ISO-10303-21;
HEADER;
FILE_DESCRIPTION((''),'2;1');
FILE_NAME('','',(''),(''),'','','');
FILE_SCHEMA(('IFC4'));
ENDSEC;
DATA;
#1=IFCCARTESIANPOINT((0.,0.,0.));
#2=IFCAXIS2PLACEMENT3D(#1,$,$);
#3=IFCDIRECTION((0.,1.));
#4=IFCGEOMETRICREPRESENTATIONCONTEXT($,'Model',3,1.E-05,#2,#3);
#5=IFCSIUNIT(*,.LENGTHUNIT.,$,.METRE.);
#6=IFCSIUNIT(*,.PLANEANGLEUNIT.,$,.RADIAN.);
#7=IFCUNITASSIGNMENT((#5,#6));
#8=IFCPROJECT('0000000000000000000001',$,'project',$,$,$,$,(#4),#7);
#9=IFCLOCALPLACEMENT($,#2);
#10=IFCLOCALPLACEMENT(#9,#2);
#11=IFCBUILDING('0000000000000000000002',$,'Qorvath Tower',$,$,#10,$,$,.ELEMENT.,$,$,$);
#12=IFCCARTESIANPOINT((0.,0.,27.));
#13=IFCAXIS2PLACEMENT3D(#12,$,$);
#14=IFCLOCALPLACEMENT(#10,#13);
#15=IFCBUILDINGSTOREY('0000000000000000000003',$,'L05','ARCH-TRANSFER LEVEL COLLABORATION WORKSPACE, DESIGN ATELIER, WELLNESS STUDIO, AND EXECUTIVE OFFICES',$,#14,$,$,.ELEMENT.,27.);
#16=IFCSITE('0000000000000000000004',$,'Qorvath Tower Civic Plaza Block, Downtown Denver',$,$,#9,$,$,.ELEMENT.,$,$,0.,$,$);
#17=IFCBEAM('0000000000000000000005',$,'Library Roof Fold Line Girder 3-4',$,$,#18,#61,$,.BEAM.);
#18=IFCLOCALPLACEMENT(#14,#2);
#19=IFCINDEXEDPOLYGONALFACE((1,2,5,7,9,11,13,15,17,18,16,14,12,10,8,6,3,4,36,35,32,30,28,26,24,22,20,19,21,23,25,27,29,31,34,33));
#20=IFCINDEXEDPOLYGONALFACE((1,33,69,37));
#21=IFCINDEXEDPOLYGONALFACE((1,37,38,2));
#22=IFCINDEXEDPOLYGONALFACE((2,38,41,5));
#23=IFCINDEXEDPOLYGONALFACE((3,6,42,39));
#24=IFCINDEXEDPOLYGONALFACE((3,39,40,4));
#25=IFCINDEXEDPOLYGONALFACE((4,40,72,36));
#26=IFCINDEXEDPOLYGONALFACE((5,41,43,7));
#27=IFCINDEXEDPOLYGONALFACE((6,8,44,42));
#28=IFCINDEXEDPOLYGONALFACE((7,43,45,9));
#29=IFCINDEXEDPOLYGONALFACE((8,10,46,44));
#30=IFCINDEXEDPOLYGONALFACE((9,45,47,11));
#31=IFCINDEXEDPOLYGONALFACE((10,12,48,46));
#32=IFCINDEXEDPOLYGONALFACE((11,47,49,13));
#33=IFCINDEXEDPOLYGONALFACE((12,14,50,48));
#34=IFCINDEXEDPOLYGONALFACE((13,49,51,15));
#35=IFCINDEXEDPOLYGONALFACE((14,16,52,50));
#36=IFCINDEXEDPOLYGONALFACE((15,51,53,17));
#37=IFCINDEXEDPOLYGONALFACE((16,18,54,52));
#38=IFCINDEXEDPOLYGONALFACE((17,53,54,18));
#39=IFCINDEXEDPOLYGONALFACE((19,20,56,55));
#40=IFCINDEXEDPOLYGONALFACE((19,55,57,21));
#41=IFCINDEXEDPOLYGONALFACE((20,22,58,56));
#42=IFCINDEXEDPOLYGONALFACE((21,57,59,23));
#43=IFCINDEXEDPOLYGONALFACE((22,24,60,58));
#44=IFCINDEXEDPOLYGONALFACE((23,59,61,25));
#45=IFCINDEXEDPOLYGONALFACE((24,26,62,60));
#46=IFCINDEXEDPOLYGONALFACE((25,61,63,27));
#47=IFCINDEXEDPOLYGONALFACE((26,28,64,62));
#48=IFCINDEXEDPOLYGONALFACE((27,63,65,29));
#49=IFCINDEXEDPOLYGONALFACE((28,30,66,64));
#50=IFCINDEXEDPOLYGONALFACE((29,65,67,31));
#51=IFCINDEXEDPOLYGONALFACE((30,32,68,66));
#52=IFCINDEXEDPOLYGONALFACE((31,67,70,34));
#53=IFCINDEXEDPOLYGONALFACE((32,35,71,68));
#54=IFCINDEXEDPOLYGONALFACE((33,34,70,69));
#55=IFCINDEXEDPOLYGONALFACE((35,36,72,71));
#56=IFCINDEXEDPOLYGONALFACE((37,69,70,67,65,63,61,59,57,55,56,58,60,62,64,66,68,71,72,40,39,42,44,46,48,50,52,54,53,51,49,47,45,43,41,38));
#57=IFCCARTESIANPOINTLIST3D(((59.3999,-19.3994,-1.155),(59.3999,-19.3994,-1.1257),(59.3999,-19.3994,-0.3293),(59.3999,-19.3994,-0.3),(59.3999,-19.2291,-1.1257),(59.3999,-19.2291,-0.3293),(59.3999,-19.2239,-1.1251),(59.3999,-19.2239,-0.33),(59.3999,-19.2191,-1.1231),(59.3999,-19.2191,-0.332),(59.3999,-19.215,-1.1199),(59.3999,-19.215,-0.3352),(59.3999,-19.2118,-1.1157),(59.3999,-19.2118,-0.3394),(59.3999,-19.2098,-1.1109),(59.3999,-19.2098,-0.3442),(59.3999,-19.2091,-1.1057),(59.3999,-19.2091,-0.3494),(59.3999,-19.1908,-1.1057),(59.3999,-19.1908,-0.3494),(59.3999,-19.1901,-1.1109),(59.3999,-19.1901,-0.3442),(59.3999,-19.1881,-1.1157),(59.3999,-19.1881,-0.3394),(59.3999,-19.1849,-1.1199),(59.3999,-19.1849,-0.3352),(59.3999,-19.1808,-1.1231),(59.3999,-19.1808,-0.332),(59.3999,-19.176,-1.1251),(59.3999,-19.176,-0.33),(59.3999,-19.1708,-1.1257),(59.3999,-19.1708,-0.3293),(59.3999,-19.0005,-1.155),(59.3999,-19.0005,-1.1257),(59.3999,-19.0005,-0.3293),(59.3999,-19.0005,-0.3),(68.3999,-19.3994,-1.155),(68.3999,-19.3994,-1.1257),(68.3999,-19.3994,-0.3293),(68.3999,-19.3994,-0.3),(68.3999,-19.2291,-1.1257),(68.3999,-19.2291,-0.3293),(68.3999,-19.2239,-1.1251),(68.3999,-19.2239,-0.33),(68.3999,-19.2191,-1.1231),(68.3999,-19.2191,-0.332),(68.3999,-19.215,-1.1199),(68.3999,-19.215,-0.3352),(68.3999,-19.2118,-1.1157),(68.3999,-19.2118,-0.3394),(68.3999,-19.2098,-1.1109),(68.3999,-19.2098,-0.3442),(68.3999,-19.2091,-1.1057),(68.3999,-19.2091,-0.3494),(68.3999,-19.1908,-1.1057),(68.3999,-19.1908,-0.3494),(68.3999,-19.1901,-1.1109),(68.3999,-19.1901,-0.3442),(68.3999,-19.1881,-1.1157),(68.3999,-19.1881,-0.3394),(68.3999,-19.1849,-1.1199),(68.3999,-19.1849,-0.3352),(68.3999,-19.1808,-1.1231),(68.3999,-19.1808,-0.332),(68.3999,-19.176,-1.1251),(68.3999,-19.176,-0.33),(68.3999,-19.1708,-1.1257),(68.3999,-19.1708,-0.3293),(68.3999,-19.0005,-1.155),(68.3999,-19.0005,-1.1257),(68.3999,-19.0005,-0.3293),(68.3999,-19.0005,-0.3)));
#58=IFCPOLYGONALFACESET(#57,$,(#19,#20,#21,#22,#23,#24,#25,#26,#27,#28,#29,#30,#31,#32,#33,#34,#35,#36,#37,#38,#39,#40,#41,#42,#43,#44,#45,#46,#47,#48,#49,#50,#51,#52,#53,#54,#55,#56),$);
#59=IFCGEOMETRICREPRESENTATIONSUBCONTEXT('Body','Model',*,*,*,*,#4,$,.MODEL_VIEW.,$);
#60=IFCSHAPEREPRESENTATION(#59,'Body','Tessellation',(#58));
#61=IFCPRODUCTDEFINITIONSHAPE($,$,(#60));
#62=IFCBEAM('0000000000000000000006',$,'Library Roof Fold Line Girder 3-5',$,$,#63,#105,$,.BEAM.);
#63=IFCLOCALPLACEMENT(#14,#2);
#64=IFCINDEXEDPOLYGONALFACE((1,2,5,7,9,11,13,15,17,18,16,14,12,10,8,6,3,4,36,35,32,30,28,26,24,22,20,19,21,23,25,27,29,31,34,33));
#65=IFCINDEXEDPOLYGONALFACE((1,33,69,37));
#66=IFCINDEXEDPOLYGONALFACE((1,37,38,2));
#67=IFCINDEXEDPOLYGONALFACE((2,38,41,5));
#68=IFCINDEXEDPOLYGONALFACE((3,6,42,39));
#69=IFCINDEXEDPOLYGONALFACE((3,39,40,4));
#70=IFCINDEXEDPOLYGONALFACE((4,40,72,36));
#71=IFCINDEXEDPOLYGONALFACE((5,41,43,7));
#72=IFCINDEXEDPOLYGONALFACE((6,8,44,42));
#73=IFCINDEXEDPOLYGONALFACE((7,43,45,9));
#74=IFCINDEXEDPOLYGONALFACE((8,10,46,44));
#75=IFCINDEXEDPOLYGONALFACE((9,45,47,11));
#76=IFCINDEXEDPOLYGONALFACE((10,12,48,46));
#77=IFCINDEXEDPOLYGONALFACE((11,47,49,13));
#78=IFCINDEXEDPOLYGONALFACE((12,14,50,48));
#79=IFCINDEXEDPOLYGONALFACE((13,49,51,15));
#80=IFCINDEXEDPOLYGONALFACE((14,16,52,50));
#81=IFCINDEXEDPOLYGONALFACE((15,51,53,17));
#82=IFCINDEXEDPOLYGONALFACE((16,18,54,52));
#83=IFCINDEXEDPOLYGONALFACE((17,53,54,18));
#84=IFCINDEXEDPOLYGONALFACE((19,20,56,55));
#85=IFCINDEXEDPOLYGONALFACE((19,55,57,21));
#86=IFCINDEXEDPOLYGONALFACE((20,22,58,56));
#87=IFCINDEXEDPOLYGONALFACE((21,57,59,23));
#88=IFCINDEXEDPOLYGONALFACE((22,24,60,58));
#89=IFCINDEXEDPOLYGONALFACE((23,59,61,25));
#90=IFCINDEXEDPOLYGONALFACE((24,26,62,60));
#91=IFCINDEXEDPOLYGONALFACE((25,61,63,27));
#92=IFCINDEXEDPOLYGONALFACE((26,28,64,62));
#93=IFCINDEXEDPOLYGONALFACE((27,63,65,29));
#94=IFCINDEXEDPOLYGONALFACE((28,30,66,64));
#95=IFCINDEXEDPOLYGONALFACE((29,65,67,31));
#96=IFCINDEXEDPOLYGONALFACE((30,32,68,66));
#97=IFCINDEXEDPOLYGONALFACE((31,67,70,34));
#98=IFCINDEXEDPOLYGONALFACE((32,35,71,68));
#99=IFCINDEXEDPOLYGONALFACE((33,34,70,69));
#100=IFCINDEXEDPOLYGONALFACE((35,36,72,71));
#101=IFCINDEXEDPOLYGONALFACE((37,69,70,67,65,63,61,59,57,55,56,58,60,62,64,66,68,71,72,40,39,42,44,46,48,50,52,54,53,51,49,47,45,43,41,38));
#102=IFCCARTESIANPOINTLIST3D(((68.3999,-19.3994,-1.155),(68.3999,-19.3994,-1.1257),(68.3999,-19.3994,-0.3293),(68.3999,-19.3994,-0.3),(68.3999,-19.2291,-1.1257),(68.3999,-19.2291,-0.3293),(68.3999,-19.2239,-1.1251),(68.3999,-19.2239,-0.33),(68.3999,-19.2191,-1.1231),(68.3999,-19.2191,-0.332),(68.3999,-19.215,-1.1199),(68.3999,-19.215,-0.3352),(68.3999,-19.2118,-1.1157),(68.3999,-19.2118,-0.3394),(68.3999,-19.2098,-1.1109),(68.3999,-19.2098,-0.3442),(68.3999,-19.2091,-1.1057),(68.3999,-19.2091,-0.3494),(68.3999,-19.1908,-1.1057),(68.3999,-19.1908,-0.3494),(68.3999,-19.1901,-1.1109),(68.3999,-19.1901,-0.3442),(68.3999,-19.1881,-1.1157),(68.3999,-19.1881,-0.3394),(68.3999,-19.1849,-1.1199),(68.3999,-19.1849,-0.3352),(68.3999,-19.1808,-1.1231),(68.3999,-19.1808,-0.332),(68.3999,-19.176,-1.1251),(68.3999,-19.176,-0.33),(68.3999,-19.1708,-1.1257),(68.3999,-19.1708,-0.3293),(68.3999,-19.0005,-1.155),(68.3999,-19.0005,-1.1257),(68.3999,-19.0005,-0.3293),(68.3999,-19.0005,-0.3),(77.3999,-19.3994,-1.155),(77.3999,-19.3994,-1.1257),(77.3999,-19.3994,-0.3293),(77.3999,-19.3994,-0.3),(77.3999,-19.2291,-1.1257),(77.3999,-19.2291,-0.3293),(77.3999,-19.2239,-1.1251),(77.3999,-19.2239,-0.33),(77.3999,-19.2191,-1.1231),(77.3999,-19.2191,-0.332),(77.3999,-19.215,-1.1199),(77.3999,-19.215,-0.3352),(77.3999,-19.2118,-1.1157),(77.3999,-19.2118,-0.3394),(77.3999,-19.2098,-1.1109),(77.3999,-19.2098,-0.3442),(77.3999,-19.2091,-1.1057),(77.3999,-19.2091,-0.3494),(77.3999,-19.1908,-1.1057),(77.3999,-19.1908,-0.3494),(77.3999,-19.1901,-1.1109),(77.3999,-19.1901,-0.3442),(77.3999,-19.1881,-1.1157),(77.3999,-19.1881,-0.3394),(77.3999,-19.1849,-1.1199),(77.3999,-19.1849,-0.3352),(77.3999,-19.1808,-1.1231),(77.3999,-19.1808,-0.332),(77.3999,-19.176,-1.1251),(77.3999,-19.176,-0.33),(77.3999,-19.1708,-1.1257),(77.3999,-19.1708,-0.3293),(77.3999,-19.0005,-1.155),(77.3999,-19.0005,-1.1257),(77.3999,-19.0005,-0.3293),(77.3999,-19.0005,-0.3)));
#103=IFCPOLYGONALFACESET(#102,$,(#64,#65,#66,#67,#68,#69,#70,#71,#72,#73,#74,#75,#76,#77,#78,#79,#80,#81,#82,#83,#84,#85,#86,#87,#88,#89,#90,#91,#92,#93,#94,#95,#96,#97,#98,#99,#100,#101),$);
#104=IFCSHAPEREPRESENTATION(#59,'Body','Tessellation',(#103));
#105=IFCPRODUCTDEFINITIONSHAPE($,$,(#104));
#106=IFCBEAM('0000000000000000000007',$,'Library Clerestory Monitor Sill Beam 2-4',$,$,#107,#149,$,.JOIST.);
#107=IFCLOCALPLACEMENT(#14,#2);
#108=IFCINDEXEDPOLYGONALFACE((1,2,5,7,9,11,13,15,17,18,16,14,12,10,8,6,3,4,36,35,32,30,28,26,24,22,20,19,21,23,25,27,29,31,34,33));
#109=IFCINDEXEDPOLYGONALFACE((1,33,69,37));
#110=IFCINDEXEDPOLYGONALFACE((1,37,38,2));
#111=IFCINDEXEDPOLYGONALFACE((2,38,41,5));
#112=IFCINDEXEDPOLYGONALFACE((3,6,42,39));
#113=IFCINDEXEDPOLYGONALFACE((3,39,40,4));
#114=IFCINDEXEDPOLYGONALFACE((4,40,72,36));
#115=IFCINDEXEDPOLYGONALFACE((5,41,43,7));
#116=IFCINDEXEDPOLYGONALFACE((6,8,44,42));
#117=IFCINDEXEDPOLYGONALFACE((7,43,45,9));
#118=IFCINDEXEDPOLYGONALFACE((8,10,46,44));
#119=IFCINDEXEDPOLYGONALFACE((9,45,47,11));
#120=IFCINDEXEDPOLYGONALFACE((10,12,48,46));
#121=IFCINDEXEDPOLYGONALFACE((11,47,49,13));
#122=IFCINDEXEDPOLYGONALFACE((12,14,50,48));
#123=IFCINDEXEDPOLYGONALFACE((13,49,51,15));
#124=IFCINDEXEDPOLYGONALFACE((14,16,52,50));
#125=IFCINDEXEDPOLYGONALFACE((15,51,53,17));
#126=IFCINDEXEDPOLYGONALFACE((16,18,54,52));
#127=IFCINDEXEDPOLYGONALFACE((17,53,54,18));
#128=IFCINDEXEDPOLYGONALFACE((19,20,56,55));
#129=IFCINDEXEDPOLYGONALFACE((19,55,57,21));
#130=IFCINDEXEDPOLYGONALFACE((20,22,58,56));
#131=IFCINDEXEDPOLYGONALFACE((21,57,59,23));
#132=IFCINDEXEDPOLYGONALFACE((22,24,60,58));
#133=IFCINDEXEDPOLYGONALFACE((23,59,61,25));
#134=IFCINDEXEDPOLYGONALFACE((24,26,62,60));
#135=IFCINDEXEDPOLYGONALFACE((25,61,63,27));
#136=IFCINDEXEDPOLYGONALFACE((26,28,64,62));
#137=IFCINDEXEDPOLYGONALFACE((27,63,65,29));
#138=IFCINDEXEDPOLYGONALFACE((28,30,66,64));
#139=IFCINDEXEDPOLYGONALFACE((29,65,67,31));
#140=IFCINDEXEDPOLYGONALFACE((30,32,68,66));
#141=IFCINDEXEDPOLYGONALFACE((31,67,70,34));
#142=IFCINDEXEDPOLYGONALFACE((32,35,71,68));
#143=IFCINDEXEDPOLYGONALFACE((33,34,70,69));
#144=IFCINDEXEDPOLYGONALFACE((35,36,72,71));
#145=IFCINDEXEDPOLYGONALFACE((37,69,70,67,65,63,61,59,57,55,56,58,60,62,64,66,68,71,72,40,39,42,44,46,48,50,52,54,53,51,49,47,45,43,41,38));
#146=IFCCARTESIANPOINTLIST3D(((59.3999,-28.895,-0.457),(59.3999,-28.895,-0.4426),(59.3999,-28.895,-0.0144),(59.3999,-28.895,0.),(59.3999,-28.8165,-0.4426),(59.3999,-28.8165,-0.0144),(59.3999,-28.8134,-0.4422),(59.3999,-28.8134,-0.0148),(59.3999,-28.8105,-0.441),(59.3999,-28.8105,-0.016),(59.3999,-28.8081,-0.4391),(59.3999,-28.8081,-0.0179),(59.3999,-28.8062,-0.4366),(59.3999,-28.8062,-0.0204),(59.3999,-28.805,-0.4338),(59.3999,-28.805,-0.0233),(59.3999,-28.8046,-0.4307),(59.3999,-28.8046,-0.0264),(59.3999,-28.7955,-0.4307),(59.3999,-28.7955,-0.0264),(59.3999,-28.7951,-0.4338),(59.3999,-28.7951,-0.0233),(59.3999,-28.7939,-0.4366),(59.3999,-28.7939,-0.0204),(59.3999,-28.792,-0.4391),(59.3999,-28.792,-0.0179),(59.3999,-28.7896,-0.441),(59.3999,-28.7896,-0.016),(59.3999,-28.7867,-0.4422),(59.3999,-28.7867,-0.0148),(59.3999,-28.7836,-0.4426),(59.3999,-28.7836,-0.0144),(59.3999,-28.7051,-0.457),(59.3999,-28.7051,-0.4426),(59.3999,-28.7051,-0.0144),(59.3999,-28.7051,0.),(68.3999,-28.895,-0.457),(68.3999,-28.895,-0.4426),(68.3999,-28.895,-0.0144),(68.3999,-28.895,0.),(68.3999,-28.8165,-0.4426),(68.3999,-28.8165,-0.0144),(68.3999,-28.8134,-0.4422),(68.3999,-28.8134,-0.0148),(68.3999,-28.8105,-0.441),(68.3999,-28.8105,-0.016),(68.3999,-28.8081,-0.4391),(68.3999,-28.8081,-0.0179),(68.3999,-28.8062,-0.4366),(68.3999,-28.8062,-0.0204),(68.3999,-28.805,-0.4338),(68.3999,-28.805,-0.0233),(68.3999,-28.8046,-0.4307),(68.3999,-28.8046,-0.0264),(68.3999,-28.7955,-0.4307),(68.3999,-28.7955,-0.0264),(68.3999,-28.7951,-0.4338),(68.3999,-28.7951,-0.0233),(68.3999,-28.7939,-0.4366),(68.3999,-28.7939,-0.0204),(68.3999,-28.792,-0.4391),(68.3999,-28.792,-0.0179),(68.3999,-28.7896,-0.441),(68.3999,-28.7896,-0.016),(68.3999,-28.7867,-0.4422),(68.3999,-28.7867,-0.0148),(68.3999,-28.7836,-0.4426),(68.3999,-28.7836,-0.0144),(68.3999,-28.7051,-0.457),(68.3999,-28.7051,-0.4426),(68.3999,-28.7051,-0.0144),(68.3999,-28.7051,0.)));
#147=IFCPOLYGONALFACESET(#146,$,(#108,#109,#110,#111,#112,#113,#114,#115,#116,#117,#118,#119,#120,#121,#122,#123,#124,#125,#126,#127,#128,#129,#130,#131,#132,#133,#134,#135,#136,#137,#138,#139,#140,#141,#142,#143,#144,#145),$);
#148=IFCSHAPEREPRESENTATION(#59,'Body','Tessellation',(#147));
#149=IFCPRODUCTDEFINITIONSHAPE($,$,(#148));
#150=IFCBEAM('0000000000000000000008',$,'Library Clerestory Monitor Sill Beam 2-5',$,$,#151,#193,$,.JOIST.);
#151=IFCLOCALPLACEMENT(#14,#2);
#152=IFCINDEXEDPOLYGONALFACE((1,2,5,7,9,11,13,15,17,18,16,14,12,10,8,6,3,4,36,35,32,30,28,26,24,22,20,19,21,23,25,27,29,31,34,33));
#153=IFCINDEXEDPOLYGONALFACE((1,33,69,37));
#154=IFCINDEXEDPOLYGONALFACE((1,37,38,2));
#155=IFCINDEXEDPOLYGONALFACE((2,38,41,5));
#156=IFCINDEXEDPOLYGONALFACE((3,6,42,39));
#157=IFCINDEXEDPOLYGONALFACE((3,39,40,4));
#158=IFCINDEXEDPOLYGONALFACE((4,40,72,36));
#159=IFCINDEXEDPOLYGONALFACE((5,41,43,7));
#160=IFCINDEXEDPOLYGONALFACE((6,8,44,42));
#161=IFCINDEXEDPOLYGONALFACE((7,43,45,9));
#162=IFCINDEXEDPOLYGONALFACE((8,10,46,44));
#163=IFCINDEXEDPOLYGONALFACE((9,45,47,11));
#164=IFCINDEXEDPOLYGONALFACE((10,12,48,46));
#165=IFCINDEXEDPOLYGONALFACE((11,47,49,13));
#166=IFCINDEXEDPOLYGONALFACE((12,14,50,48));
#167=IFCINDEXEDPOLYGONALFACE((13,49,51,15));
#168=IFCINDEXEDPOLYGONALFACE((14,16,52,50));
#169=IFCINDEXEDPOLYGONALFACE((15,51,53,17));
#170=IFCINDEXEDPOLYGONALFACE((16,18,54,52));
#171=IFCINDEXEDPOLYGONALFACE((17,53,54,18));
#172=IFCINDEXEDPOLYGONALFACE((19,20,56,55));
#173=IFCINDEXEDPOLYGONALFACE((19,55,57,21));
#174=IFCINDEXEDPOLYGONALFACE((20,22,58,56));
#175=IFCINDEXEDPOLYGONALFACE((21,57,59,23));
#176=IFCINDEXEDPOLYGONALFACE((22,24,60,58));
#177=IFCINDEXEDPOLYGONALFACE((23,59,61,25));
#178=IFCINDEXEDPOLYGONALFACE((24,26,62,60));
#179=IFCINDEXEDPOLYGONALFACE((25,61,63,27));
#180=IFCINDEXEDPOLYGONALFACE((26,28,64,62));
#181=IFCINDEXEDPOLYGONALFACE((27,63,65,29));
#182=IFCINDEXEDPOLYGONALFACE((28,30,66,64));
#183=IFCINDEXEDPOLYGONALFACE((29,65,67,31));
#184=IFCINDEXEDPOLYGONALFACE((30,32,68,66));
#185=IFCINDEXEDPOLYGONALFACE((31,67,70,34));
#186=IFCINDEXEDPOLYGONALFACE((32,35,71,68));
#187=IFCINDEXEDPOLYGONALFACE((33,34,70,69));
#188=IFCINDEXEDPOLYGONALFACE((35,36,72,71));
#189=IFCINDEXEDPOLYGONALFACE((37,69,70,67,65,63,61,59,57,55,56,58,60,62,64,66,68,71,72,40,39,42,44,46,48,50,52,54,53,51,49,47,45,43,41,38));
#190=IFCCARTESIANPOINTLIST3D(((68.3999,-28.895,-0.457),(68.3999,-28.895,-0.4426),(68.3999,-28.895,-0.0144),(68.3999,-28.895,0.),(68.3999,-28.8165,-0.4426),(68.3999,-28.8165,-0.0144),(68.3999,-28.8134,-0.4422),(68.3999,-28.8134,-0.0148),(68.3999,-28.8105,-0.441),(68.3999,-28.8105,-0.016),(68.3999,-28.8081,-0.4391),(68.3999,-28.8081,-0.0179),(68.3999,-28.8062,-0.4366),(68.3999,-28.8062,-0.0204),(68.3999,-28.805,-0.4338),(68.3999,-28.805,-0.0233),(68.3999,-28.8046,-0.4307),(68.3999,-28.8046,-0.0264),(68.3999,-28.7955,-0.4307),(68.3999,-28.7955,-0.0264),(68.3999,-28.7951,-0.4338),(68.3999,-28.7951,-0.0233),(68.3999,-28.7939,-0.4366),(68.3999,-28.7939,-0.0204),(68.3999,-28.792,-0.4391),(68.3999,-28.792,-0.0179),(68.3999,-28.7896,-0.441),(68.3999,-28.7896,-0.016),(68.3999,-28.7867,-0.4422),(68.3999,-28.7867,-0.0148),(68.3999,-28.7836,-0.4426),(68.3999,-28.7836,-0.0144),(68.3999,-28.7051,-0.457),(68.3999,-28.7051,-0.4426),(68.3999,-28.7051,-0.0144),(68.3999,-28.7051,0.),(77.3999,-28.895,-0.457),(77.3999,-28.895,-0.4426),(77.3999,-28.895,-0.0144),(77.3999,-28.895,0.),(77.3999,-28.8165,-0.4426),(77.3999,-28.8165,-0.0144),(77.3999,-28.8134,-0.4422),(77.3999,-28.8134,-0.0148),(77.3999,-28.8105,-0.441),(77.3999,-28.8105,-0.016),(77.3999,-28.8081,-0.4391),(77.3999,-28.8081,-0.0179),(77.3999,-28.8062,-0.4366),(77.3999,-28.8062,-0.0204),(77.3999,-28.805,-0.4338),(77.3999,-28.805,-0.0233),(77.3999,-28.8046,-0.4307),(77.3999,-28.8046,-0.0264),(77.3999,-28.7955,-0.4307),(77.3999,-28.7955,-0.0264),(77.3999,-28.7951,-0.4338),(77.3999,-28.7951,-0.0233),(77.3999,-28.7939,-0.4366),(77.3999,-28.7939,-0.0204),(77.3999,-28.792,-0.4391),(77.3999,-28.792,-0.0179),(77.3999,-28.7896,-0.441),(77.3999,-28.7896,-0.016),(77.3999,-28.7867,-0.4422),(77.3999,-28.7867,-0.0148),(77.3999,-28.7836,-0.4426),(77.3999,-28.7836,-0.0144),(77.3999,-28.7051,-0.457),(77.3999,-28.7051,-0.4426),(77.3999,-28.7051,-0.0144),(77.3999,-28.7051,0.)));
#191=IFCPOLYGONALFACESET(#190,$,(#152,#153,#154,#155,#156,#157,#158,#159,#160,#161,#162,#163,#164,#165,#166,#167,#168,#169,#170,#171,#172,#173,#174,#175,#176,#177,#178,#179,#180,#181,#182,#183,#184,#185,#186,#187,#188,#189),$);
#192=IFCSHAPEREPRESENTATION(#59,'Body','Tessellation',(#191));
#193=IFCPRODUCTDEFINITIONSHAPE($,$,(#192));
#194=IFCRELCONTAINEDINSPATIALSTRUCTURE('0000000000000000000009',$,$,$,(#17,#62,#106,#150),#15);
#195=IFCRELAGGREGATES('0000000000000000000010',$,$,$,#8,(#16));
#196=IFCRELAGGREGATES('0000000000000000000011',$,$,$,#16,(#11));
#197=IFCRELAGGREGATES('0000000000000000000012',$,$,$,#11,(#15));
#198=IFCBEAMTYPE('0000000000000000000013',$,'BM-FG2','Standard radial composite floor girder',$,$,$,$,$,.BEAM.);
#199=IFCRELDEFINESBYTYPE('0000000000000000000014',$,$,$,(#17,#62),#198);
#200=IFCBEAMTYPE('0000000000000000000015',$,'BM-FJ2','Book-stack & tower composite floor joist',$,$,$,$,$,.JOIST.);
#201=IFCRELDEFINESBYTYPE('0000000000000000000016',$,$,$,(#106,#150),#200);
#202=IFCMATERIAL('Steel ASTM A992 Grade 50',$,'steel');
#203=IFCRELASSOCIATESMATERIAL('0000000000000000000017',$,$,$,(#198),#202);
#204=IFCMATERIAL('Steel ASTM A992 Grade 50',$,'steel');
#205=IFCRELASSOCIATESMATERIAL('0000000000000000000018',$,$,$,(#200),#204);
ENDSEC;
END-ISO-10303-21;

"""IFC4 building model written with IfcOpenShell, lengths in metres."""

from ifc_helpers import new_model, si_unit, direction, frame, origin, origin_2d, place, context, subcontext, project, spatial, i_section, extrude, material, material_profile, profile_set, type_object, element, save


model = new_model("IFC4")

# Units and contexts
model_context = context("Model", 3, precision=1e-05, world=origin(), true_north=direction((0.0, 1.0)))
body_context = subcontext(model_context, "Body", "Model", "MODEL_VIEW")
ifc_project = project(units=[si_unit("LENGTHUNIT", "METRE"), si_unit("PLANEANGLEUNIT", "RADIAN")], contexts=[model_context])

# Site, building, storey
site_placement = place(None, origin())
site = spatial("IfcSite", under=ifc_project, at=site_placement, Name="Qorvath Tower Civic Plaza Block, Downtown Denver", CompositionType="ELEMENT", RefElevation=0.0)
building_placement = place(site_placement, origin())
building = spatial("IfcBuilding", under=site, at=building_placement, Name="Qorvath Tower", CompositionType="ELEMENT")
storey_placement = place(building_placement, frame((0.0, 0.0, 27.0)))
storey = spatial("IfcBuildingStorey", under=building, at=storey_placement, Name="L05", Description="ARCH-TRANSFER LEVEL COLLABORATION WORKSPACE, DESIGN ATELIER, WELLNESS STUDIO, AND EXECUTIVE OFFICES", CompositionType="ELEMENT", Elevation=27.0)

# Beams
ifc_material_1 = material(Name="Steel ASTM A992 Grade 50", Category="steel")
ifc_material_profile_1 = material_profile(ifc_material_1, i_section(OverallWidth=0.3989, OverallDepth=0.855, WebThickness=0.0183, FlangeThickness=0.0293, FilletRadius=0.02, at=origin_2d()), Name="W33x201")
ifc_profile_set_1 = profile_set([ifc_material_profile_1], Name="Steel ASTM A992 Grade 50")
beam_type_1 = type_object("IfcBeamType", Name="BM-FG2", Description="Standard radial composite floor girder", PredefinedType="BEAM", material=ifc_profile_set_1)
for number, where, z_axis, x_axis, name in (
    (1, (59.3999, -19.2, -0.7275), (1.0, 0.0, 0.0), (0.0, 1.0, 0.0), "Library Roof Fold Line Girder 3-4"),
    (2, (68.3999, -19.2, -0.7275), (1.0, 0.0, 0.0), (0.0, 1.0, 0.0), "Library Roof Fold Line Girder 3-5"),
):
    element("IfcBeam", number, at=place(storey_placement, frame(where, z_axis=z_axis, x_axis=x_axis)), inside=storey, type_object=beam_type_1, Name=name, PredefinedType="BEAM", context=body_context, shape_type="SweptSolid", body=[
        extrude(i_section(OverallWidth=0.3989, OverallDepth=0.855, WebThickness=0.0183, FlangeThickness=0.0293, FilletRadius=0.02, at=origin_2d()), origin(), (0.0, 0.0, 1.0), 9.0),
    ])
ifc_material_2 = material(Name="Steel ASTM A992 Grade 50", Category="steel")
ifc_material_profile_2 = material_profile(ifc_material_2, i_section(OverallWidth=0.1899, OverallDepth=0.457, WebThickness=0.009, FlangeThickness=0.0144, FilletRadius=0.012, at=origin_2d()), Name="W18x50")
ifc_profile_set_2 = profile_set([ifc_material_profile_2], Name="Steel ASTM A992 Grade 50")
beam_type_2 = type_object("IfcBeamType", Name="BM-FJ2", Description="Book-stack & tower composite floor joist", PredefinedType="JOIST", material=ifc_profile_set_2)
for number, where, z_axis, x_axis, name in (
    (3, (59.3999, -28.8, -0.2285), (1.0, 0.0, 0.0), (0.0, 1.0, 0.0), "Library Clerestory Monitor Sill Beam 2-4"),
    (4, (68.3999, -28.8, -0.2285), (1.0, 0.0, 0.0), (0.0, 1.0, 0.0), "Library Clerestory Monitor Sill Beam 2-5"),
):
    element("IfcBeam", number, at=place(storey_placement, frame(where, z_axis=z_axis, x_axis=x_axis)), inside=storey, type_object=beam_type_2, Name=name, PredefinedType="JOIST", context=body_context, shape_type="SweptSolid", body=[
        extrude(i_section(OverallWidth=0.1899, OverallDepth=0.457, WebThickness=0.009, FlangeThickness=0.0144, FilletRadius=0.012, at=origin_2d()), origin(), (0.0, 0.0, 1.0), 9.0),
    ])

save(model, "model.ifc")
